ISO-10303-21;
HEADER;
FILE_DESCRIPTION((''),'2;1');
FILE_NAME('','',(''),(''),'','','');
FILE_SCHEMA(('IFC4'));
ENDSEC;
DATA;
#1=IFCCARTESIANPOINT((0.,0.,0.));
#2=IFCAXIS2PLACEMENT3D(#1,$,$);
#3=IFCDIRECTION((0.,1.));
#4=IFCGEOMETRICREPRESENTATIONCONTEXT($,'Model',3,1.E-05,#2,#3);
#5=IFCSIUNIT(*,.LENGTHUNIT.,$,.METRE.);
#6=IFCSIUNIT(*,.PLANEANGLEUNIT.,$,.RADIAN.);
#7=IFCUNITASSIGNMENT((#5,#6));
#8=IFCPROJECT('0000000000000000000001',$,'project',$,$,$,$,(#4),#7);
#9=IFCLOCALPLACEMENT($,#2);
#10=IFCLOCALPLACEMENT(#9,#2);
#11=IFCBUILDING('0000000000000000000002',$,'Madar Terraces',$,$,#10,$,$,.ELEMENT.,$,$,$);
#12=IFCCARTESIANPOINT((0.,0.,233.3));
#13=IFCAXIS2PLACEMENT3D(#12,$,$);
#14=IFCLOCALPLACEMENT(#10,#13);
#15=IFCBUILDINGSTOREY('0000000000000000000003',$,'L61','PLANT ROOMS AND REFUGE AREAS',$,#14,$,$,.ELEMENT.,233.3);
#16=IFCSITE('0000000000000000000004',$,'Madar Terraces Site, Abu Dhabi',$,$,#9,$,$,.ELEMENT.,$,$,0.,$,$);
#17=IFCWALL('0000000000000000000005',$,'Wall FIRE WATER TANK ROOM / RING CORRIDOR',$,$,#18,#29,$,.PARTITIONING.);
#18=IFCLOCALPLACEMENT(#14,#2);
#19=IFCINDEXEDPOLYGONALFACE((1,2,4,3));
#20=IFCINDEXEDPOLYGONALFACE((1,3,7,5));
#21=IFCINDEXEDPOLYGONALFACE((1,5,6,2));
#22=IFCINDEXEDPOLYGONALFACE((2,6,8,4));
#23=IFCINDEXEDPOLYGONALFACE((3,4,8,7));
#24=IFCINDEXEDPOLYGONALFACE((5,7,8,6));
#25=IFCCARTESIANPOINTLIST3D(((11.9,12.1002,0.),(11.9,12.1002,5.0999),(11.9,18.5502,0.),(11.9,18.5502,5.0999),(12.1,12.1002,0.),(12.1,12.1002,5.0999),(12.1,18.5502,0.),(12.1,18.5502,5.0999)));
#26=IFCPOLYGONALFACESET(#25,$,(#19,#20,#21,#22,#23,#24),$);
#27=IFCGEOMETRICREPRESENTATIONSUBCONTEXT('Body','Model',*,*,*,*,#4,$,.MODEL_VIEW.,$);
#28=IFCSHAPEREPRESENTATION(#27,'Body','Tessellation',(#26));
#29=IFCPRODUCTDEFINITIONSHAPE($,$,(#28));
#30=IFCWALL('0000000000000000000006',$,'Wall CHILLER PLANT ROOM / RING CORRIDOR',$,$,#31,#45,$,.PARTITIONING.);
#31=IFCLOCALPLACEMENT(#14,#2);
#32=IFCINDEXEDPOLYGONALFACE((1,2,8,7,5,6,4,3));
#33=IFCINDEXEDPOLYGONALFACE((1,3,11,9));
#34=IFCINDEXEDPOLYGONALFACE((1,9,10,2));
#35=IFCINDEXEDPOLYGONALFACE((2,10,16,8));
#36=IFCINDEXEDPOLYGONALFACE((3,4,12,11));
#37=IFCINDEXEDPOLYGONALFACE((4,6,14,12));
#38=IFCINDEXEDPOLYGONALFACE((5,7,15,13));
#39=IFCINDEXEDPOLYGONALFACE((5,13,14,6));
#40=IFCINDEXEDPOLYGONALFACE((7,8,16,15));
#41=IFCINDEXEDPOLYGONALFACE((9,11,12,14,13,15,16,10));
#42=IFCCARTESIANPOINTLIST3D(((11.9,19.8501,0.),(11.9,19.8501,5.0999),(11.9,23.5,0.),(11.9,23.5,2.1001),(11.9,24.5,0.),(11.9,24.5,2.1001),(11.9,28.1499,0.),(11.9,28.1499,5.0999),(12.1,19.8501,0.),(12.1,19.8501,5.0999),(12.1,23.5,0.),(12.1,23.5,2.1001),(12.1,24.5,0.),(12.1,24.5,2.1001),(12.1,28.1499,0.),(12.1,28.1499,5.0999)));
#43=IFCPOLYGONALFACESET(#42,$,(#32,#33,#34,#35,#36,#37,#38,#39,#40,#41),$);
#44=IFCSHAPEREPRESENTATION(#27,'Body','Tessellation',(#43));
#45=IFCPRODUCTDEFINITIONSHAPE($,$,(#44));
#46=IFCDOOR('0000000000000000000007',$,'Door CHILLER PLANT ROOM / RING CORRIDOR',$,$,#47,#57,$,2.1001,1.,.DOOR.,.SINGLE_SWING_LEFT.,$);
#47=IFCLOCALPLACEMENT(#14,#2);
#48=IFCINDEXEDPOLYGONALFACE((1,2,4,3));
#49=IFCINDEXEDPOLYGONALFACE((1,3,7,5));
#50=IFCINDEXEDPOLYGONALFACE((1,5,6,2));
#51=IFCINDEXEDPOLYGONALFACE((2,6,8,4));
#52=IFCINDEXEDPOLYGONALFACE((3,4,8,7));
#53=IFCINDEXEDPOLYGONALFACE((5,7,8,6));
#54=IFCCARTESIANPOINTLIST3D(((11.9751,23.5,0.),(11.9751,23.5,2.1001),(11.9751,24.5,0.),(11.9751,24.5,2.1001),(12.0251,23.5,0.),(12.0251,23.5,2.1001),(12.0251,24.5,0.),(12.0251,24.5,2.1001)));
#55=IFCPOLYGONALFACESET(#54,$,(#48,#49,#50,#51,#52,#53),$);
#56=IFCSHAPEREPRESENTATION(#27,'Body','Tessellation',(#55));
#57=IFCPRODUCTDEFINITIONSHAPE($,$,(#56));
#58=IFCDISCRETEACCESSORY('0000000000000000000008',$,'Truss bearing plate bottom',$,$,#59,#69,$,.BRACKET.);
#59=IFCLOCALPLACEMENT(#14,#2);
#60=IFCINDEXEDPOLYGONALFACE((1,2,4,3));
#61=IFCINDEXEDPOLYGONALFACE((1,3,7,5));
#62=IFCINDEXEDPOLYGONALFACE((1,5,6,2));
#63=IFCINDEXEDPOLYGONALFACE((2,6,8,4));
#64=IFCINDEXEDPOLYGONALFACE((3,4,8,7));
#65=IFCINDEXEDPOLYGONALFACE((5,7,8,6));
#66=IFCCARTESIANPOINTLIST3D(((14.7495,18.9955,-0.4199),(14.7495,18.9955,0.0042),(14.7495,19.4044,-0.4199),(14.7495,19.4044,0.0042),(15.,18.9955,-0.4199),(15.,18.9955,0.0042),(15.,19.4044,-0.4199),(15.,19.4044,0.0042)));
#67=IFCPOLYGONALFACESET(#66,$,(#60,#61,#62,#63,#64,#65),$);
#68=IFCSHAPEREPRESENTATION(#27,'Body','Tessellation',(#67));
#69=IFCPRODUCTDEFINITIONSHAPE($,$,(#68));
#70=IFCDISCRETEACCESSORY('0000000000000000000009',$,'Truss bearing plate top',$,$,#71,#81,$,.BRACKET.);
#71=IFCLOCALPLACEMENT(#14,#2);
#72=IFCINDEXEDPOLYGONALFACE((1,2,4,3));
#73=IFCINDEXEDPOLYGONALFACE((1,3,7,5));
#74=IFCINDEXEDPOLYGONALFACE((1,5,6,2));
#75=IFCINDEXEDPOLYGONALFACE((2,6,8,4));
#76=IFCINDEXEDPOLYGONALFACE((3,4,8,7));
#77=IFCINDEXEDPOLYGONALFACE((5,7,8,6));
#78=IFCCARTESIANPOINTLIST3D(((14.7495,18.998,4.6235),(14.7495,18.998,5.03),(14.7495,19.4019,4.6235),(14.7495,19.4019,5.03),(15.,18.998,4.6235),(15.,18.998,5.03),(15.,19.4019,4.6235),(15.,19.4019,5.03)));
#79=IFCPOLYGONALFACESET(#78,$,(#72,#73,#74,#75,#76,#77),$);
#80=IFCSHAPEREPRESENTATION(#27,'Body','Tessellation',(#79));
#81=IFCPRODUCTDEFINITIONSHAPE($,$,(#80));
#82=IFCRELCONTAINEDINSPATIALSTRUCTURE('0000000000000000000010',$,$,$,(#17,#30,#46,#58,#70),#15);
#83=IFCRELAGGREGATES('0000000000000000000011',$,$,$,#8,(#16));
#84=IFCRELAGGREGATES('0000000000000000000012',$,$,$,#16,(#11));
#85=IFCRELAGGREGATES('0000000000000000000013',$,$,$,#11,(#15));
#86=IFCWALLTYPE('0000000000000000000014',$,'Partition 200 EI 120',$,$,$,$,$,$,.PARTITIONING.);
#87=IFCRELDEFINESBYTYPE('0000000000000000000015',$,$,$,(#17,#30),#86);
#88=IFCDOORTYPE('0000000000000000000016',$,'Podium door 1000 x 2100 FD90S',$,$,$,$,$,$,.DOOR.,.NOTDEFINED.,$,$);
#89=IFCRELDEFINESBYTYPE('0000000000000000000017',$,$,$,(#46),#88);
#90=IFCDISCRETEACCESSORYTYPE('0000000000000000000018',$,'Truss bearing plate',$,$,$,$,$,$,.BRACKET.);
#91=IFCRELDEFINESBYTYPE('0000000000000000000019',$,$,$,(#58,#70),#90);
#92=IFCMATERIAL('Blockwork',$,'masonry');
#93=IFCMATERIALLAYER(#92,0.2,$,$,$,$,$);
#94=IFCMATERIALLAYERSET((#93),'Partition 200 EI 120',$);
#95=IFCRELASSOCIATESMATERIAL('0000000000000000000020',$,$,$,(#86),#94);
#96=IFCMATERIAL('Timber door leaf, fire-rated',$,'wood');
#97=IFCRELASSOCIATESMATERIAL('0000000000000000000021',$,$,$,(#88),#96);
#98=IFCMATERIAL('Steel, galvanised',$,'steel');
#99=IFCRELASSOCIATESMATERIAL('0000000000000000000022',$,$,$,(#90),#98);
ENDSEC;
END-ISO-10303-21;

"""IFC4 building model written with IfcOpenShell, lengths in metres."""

from ifc_helpers import new_model, si_unit, direction, frame, frame_2d, origin, origin_2d, place, context, subcontext, project, spatial, rectangle, extrude, material, layer, layer_set, type_object, element, fill, save


model = new_model("IFC4")

# Units and contexts
model_context = context("Model", 3, precision=1e-05, world=origin(), true_north=direction((0.0, 1.0)))
body_context = subcontext(model_context, "Body", "Model", "MODEL_VIEW")
ifc_project = project(units=[si_unit("LENGTHUNIT", "METRE"), si_unit("PLANEANGLEUNIT", "RADIAN")], contexts=[model_context])

# Site, building, storey
site_placement = place(None, origin())
site = spatial("IfcSite", under=ifc_project, at=site_placement, Name="Madar Terraces Site, Abu Dhabi", CompositionType="ELEMENT", RefElevation=0.0)
building_placement = place(site_placement, origin())
building = spatial("IfcBuilding", under=site, at=building_placement, Name="Madar Terraces", CompositionType="ELEMENT")
storey_placement = place(building_placement, frame((0.0, 0.0, 233.3)))
storey = spatial("IfcBuildingStorey", under=building, at=storey_placement, Name="L61", Description="PLANT ROOMS AND REFUGE AREAS", CompositionType="ELEMENT", Elevation=233.3)

# Wall
ifc_material_1 = material(Name="Blockwork", Category="masonry")
ifc_layer_1 = layer(ifc_material_1, 0.2)
ifc_layer_set_1 = layer_set([ifc_layer_1], Name="Partition 200 EI 120")
wall_type_1 = type_object("IfcWallType", Name="Partition 200 EI 120", PredefinedType="PARTITIONING", material=ifc_layer_set_1)
wall_1_placement = place(storey_placement, frame((12.0, 12.1001, 0.0), z_axis=(0.0, 0.0, 1.0), x_axis=(0.0, 1.0, 0.0)))
element("IfcWall", 1, at=wall_1_placement, inside=storey, type_object=wall_type_1, Name="Wall FIRE WATER TANK ROOM / RING CORRIDOR", PredefinedType="PARTITIONING", context=body_context, shape_type="SweptSolid", body=[
    extrude(rectangle(XDim=6.45, YDim=0.2, at=frame_2d((3.2251, 0.0))), origin(), (0.0, 0.0, 1.0), 5.0999),
])

# Wall, opening, door
wall_2_placement = place(storey_placement, frame((12.0, 19.8501, 0.0), z_axis=(0.0, 0.0, 1.0), x_axis=(0.0, 1.0, 0.0)))
wall_2 = element("IfcWall", 2, at=wall_2_placement, inside=storey, type_object=wall_type_1, Name="Wall CHILLER PLANT ROOM / RING CORRIDOR", PredefinedType="PARTITIONING", context=body_context, shape_type="SweptSolid", body=[
    extrude(rectangle(XDim=8.2998, YDim=0.2, at=frame_2d((4.1499, 0.0))), origin(), (0.0, 0.0, 1.0), 5.0999),
])
opening_1_placement = place(wall_2_placement, frame((3.6499, 0.0, 0.0)))
opening_1 = element("IfcOpeningElement", 3, at=opening_1_placement, cuts=wall_2, PredefinedType="OPENING", context=body_context, shape_type="SweptSolid", body=[
    extrude(rectangle(XDim=1.0, YDim=2.1001, at=frame_2d((0.5, 1.05))), frame((0.0, 0.1099, 0.0), z_axis=(0.0, -1.0, 0.0), x_axis=(1.0, 0.0, 0.0)), (0.0, 0.0, 1.0), 0.22),
])
ifc_material_2 = material(Name="Timber door leaf, fire-rated", Category="wood")
door_type_1 = type_object("IfcDoorType", Name="Podium door 1000 x 2100 FD90S", OperationType="NOTDEFINED", PredefinedType="DOOR", material=ifc_material_2)
door_1_placement = place(opening_1_placement, origin())
door_1 = element("IfcDoor", 4, at=door_1_placement, inside=storey, type_object=door_type_1, Name="Door CHILLER PLANT ROOM / RING CORRIDOR", OperationType="SINGLE_SWING_LEFT", OverallHeight=2.1001, OverallWidth=1.0, PredefinedType="DOOR", context=body_context, shape_type="SweptSolid", body=[
    extrude(rectangle(XDim=1.0, YDim=2.1001, at=frame_2d((0.5, 1.05))), frame((0.0, 0.0249, 0.0), z_axis=(0.0, -1.0, 0.0), x_axis=(1.0, 0.0, 0.0)), (0.0, 0.0, 1.0), 0.05),
])
fill(opening_1, door_1)

# Discrete accessories
ifc_material_3 = material(Name="Steel, galvanised", Category="steel")
discrete_accessory_type = type_object("IfcDiscreteAccessoryType", Name="Truss bearing plate", PredefinedType="BRACKET", material=ifc_material_3)
discrete_accessory_1_placement = place(storey_placement, frame((14.8748, 19.2, -0.4199), z_axis=(0.0, 0.0, 1.0), x_axis=(1.0, 0.0, 0.0)))
element("IfcDiscreteAccessory", 5, at=discrete_accessory_1_placement, inside=storey, type_object=discrete_accessory_type, Name="Truss bearing plate bottom", PredefinedType="BRACKET", context=body_context, shape_type="SweptSolid", body=[
    extrude(rectangle(XDim=0.2505, YDim=0.4089, at=origin_2d()), origin(), (0.0, 0.0, 1.0), 0.4241),
])
discrete_accessory_2_placement = place(storey_placement, frame((14.8748, 19.2, 4.6235), z_axis=(0.0, 0.0, 1.0), x_axis=(1.0, 0.0, 0.0)))
element("IfcDiscreteAccessory", 6, at=discrete_accessory_2_placement, inside=storey, type_object=discrete_accessory_type, Name="Truss bearing plate top", PredefinedType="BRACKET", context=body_context, shape_type="SweptSolid", body=[
    extrude(rectangle(XDim=0.2505, YDim=0.4038, at=origin_2d()), origin(), (0.0, 0.0, 1.0), 0.4065),
])

save(model, "model.ifc")
